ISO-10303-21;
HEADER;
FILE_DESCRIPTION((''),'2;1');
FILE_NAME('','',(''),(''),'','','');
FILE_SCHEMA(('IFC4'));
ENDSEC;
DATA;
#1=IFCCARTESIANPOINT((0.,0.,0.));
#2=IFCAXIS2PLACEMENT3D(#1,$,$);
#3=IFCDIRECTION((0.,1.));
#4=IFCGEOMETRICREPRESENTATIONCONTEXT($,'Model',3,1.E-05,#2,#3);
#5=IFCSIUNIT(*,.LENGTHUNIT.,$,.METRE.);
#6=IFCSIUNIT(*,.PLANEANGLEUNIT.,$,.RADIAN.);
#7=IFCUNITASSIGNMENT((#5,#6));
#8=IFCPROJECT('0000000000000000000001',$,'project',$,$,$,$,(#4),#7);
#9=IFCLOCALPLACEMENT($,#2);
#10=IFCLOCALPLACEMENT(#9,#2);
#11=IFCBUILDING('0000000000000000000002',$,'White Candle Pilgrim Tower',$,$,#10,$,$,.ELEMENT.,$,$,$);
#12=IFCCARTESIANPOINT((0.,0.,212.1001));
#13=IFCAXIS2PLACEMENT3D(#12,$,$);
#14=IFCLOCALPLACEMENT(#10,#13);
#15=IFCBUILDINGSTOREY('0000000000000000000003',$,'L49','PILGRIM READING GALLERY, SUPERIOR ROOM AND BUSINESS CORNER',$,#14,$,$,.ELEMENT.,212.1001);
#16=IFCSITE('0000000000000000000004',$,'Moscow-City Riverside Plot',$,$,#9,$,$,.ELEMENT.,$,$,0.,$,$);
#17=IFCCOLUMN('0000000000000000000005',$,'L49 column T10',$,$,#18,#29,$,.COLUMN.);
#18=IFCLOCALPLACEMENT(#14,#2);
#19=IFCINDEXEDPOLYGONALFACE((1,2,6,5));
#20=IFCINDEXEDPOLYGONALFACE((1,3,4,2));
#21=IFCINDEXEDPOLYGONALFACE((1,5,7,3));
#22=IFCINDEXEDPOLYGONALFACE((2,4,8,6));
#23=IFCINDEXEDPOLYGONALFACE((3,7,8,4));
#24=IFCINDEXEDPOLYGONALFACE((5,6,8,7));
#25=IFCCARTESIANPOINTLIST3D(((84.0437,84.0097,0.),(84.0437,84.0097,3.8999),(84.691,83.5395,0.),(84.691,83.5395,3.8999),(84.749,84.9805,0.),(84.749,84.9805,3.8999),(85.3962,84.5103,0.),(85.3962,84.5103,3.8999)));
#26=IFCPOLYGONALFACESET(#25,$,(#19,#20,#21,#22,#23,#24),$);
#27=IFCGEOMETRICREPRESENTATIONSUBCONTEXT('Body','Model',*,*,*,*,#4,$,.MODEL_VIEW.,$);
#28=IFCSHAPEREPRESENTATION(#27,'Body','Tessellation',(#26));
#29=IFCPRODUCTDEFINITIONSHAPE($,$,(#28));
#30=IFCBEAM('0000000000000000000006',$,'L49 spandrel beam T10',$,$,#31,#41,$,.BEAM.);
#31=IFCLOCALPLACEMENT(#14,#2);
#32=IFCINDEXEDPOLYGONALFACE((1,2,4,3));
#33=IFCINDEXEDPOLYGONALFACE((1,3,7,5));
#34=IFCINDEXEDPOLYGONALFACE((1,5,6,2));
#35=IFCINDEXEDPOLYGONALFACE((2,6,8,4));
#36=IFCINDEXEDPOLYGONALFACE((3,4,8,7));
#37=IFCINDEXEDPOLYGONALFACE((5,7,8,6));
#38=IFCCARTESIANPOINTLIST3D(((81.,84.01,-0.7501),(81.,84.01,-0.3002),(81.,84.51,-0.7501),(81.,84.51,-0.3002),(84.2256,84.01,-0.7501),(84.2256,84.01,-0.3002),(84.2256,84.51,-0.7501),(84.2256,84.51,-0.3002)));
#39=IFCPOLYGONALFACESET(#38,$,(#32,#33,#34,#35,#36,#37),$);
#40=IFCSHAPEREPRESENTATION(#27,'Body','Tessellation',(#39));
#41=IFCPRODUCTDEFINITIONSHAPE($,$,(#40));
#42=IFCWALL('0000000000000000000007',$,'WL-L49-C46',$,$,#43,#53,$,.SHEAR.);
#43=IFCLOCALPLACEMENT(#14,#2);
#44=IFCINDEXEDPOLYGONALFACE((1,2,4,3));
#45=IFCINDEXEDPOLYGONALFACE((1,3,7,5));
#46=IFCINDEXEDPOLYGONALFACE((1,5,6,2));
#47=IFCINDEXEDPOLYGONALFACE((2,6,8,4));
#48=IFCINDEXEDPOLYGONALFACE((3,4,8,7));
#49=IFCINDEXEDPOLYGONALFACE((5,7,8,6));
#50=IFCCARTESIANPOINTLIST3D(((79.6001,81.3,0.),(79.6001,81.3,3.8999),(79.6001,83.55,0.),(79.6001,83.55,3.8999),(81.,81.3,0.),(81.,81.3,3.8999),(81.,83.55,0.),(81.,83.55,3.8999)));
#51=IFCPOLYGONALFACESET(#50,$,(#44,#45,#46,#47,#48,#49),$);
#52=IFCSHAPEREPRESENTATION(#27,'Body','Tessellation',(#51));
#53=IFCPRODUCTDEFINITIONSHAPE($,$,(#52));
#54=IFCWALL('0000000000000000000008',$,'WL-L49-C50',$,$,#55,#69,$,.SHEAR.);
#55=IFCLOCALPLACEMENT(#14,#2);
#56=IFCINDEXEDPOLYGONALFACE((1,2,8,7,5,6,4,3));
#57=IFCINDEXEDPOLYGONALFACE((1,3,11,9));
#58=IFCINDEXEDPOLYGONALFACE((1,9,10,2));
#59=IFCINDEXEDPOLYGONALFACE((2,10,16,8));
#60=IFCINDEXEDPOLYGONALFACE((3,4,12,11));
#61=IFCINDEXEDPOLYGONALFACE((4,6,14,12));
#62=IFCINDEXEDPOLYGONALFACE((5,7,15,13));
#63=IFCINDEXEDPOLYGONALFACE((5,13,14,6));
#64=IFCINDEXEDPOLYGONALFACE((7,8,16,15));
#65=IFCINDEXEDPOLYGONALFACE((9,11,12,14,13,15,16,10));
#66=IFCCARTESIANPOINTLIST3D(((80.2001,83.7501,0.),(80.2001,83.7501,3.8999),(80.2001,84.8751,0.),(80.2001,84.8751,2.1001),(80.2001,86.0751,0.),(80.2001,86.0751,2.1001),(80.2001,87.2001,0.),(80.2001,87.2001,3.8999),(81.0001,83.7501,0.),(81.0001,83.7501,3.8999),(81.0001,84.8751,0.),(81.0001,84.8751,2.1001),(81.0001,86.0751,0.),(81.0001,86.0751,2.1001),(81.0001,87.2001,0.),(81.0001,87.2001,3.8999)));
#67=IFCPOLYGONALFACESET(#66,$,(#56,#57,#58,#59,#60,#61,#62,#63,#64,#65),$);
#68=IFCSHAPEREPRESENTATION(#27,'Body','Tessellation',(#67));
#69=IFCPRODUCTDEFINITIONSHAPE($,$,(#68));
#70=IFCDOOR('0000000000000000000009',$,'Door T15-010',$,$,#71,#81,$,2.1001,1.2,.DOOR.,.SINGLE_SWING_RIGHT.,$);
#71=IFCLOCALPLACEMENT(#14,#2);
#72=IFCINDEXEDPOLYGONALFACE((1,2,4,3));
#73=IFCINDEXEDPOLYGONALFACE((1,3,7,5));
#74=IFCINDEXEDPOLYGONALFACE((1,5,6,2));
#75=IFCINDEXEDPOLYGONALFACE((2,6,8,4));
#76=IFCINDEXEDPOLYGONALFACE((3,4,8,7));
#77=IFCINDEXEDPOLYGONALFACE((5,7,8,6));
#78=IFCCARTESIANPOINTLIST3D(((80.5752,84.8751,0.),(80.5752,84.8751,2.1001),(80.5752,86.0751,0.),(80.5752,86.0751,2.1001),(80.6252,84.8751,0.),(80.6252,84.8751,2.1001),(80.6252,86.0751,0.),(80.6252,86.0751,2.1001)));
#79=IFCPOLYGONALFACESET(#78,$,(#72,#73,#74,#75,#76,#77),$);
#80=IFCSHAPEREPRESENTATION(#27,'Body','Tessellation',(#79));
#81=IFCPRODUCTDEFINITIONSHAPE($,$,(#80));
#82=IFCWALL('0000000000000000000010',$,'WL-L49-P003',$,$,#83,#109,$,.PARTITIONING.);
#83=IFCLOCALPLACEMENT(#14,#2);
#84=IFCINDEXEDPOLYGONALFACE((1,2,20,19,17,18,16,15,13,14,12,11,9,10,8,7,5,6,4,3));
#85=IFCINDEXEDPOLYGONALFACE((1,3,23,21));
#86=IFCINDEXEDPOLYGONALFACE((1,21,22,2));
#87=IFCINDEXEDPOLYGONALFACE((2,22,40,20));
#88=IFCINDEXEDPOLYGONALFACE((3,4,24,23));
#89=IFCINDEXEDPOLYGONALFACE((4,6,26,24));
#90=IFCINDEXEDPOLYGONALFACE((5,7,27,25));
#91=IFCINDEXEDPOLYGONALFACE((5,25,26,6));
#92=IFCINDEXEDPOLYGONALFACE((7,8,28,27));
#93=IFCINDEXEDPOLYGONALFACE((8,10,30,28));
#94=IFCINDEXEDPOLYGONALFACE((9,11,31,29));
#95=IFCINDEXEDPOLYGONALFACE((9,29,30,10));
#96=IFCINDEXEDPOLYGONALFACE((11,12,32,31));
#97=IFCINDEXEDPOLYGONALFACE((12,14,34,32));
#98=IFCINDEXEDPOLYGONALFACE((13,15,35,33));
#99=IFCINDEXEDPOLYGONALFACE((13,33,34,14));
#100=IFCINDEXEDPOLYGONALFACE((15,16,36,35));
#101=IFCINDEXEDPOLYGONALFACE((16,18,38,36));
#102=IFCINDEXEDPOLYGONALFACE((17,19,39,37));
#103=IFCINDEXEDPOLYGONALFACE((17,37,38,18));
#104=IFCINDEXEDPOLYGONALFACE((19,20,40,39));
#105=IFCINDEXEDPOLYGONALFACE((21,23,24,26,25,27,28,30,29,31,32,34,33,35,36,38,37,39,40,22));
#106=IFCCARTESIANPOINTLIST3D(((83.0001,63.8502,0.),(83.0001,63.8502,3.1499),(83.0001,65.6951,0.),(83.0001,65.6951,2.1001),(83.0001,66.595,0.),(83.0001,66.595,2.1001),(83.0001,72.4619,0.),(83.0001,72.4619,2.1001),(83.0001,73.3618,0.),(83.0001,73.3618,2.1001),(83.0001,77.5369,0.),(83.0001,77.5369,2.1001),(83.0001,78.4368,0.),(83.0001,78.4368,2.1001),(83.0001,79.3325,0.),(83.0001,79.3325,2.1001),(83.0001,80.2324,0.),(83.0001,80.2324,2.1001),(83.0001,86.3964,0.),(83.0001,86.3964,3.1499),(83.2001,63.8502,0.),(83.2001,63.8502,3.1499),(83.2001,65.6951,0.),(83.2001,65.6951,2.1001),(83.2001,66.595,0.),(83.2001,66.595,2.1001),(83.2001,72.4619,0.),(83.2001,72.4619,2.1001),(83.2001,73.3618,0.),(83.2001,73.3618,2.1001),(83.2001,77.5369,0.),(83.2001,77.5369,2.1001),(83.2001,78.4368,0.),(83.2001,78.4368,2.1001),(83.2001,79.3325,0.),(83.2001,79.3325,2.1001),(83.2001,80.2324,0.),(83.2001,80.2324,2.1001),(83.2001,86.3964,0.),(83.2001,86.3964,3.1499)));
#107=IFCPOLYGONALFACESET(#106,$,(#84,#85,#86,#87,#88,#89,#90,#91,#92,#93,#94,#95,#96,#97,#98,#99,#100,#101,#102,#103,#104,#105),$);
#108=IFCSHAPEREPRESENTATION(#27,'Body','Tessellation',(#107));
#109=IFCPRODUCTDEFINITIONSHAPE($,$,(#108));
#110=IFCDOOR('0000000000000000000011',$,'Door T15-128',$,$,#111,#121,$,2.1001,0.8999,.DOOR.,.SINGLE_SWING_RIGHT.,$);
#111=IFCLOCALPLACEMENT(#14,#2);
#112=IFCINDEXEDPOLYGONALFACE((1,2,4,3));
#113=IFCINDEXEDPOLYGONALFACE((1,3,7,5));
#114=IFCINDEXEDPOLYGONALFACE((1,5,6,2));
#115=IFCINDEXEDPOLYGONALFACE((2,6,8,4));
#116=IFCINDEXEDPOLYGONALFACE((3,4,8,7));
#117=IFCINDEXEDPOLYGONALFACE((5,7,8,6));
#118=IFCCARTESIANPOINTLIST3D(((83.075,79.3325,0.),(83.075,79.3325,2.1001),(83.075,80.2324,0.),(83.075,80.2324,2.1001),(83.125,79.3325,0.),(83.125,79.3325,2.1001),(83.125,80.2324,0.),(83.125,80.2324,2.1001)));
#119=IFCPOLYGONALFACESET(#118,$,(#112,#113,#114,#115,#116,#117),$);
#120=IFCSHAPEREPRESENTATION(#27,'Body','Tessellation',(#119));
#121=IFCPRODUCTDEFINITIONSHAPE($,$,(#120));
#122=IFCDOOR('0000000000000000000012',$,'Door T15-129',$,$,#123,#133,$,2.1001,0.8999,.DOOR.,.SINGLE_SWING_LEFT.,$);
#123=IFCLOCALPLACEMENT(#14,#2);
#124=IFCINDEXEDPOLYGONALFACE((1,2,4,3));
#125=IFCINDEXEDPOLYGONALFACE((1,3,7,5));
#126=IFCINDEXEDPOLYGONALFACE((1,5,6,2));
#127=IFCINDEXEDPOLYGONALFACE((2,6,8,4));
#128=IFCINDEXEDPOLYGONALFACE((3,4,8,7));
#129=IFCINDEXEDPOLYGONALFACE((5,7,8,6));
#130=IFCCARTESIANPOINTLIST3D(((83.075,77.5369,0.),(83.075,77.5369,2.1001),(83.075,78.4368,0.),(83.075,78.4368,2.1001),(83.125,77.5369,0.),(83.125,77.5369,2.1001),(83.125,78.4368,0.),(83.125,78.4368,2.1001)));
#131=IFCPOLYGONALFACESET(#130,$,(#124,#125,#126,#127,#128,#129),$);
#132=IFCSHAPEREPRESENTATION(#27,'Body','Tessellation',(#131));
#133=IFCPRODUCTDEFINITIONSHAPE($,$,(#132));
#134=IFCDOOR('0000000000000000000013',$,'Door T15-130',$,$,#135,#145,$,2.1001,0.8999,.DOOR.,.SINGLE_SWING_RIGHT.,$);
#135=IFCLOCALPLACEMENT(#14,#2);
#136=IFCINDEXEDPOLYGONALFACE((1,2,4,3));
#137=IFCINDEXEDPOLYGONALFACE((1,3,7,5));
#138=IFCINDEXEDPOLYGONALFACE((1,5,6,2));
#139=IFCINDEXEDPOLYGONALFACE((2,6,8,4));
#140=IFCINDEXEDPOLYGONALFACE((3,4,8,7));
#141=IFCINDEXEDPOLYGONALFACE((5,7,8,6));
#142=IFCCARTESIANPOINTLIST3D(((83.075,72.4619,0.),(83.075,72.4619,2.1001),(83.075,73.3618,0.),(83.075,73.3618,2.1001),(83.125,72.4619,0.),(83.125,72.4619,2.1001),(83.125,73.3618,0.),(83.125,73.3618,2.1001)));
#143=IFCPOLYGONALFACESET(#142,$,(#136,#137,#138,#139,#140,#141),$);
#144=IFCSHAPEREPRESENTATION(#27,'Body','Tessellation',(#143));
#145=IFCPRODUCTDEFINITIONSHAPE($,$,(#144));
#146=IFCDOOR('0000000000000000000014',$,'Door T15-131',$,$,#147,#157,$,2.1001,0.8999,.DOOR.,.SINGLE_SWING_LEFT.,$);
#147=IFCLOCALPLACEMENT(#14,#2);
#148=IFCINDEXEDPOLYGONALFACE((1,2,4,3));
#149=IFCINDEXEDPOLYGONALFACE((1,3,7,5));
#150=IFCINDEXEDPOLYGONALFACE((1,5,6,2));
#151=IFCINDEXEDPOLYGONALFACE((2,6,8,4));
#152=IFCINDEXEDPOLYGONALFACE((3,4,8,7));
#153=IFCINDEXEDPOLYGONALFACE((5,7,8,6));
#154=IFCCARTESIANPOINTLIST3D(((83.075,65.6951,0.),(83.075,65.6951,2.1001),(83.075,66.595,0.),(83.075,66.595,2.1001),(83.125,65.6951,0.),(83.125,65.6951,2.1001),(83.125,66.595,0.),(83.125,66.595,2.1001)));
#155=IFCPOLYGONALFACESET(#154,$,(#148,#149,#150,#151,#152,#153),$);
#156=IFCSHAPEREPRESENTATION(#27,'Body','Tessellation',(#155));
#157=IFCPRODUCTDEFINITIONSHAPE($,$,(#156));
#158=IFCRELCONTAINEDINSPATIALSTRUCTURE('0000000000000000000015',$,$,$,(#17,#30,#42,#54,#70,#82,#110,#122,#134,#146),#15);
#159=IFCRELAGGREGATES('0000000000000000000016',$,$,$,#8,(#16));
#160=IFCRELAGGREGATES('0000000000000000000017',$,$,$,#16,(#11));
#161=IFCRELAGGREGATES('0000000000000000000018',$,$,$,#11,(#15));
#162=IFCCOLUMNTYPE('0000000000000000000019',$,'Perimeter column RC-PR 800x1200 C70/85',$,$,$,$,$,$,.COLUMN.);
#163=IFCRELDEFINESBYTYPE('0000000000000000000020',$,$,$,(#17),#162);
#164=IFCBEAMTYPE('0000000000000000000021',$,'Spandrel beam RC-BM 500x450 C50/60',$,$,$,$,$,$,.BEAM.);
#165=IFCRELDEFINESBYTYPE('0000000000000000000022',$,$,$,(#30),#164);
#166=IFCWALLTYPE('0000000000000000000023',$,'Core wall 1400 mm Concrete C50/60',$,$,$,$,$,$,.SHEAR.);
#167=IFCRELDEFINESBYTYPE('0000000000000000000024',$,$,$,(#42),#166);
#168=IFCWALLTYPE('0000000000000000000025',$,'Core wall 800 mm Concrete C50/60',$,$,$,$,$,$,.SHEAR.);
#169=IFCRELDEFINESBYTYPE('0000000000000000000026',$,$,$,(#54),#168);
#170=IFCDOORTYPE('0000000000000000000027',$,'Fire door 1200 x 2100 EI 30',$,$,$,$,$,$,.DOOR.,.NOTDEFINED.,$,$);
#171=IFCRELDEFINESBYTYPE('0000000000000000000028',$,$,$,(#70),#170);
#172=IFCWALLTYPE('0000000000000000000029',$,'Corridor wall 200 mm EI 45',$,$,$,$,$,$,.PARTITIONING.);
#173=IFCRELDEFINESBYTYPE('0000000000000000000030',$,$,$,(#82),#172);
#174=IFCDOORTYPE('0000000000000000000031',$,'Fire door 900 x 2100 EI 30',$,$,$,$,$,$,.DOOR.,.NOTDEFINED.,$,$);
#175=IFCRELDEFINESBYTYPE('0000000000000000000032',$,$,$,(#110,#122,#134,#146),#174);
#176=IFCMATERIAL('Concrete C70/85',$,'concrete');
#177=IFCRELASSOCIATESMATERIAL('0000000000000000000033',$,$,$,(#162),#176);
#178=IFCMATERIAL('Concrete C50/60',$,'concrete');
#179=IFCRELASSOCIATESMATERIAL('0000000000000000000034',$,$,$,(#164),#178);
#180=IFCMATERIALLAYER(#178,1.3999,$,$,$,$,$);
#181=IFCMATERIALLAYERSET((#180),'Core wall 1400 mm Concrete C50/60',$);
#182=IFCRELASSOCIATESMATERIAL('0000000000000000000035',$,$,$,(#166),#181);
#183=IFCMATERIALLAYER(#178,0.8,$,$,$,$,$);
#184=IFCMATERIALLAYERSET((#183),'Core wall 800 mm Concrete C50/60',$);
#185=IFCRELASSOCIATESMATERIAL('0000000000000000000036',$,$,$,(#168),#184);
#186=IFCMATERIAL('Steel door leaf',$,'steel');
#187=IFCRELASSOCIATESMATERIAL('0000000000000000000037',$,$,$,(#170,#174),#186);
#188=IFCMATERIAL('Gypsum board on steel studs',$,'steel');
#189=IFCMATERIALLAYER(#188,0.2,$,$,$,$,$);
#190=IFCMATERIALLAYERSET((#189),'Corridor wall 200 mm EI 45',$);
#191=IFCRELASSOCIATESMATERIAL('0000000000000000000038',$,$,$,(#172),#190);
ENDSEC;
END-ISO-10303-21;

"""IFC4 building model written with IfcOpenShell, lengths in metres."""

from ifc_helpers import new_model, si_unit, direction, frame, frame_2d, origin, origin_2d, place, context, subcontext, project, spatial, rectangle, extrude, material, layer, layer_set, material_profile, profile_set, type_object, element, fill, save


model = new_model("IFC4")

# Units and contexts
model_context = context("Model", 3, precision=1e-05, world=origin(), true_north=direction((0.0, 1.0)))
body_context = subcontext(model_context, "Body", "Model", "MODEL_VIEW")
ifc_project = project(units=[si_unit("LENGTHUNIT", "METRE"), si_unit("PLANEANGLEUNIT", "RADIAN")], contexts=[model_context])

# Site, building, storey
site_placement = place(None, origin())
site = spatial("IfcSite", under=ifc_project, at=site_placement, Name="Moscow-City Riverside Plot", CompositionType="ELEMENT", RefElevation=0.0)
building_placement = place(site_placement, origin())
building = spatial("IfcBuilding", under=site, at=building_placement, Name="White Candle Pilgrim Tower", CompositionType="ELEMENT")
storey_placement = place(building_placement, frame((0.0, 0.0, 212.1001)))
storey = spatial("IfcBuildingStorey", under=building, at=storey_placement, Name="L49", Description="PILGRIM READING GALLERY, SUPERIOR ROOM AND BUSINESS CORNER", CompositionType="ELEMENT", Elevation=212.1001)

# Column
ifc_material_1 = material(Name="Concrete C70/85", Category="concrete")
ifc_material_profile_1 = material_profile(ifc_material_1, rectangle(XDim=0.8, YDim=1.2, at=origin_2d()), Name="RC-PR 800x1200")
ifc_profile_set_1 = profile_set([ifc_material_profile_1], Name="Concrete C70/85")
column_type = type_object("IfcColumnType", Name="Perimeter column RC-PR 800x1200 C70/85", PredefinedType="COLUMN", material=ifc_profile_set_1)
column_placement = place(storey_placement, frame((84.72, 84.26, 0.0), z_axis=(0.0, 0.0, 1.0), x_axis=(0.809027, -0.587771, 0.0)))
element("IfcColumn", 1, at=column_placement, inside=storey, type_object=column_type, Name="L49 column T10", PredefinedType="COLUMN", context=body_context, shape_type="SweptSolid", body=[
    extrude(rectangle(XDim=0.8, YDim=1.2, at=origin_2d()), origin(), (0.0, 0.0, 1.0), 3.8999),
])

# Beam
ifc_material_2 = material(Name="Concrete C50/60", Category="concrete")
ifc_material_profile_2 = material_profile(ifc_material_2, rectangle(XDim=0.5, YDim=0.45, at=origin_2d()), Name="RC-BM 500x450")
ifc_profile_set_2 = profile_set([ifc_material_profile_2], Name="Concrete C50/60")
beam_type = type_object("IfcBeamType", Name="Spandrel beam RC-BM 500x450 C50/60", PredefinedType="BEAM", material=ifc_profile_set_2)
beam_placement = place(storey_placement, frame((84.2256, 84.26, -0.5251), z_axis=(-1.0, 0.0, 0.0), x_axis=(0.0, -1.0, 0.0)))
element("IfcBeam", 2, at=beam_placement, inside=storey, type_object=beam_type, Name="L49 spandrel beam T10", PredefinedType="BEAM", context=body_context, shape_type="SweptSolid", body=[
    extrude(rectangle(XDim=0.5, YDim=0.45, at=origin_2d()), origin(), (0.0, 0.0, 1.0), 3.2256),
])

# Wall
ifc_layer_1 = layer(ifc_material_2, 1.3999)
ifc_layer_set_1 = layer_set([ifc_layer_1], Name="Core wall 1400 mm Concrete C50/60")
wall_type_1 = type_object("IfcWallType", Name="Core wall 1400 mm Concrete C50/60", PredefinedType="SHEAR", material=ifc_layer_set_1)
wall_1_placement = place(storey_placement, frame((80.3, 81.3, 0.0), z_axis=(0.0, 0.0, 1.0), x_axis=(0.0, 1.0, 0.0)))
element("IfcWall", 3, at=wall_1_placement, inside=storey, type_object=wall_type_1, Name="WL-L49-C46", PredefinedType="SHEAR", context=body_context, shape_type="SweptSolid", body=[
    extrude(rectangle(XDim=2.25, YDim=1.3999, at=frame_2d((1.125, 0.0))), origin(), (0.0, 0.0, 1.0), 3.8999),
])

# Wall, opening, door
ifc_layer_2 = layer(ifc_material_2, 0.8)
ifc_layer_set_2 = layer_set([ifc_layer_2], Name="Core wall 800 mm Concrete C50/60")
wall_type_2 = type_object("IfcWallType", Name="Core wall 800 mm Concrete C50/60", PredefinedType="SHEAR", material=ifc_layer_set_2)
wall_2_placement = place(storey_placement, frame((80.6001, 83.75, 0.0), z_axis=(0.0, 0.0, 1.0), x_axis=(0.0, 1.0, 0.0)))
wall_2 = element("IfcWall", 4, at=wall_2_placement, inside=storey, type_object=wall_type_2, Name="WL-L49-C50", PredefinedType="SHEAR", context=body_context, shape_type="SweptSolid", body=[
    extrude(rectangle(XDim=3.45, YDim=0.8, at=frame_2d((1.7251, 0.0))), origin(), (0.0, 0.0, 1.0), 3.8999),
])
opening_1_placement = place(wall_2_placement, frame((1.125, 0.0, 0.0)))
opening_1 = element("IfcOpeningElement", 5, at=opening_1_placement, cuts=wall_2, PredefinedType="OPENING", context=body_context, shape_type="SweptSolid", body=[
    extrude(rectangle(XDim=1.2, YDim=2.1001, at=frame_2d((0.6001, 1.05))), frame((0.0, 0.4099, 0.0), z_axis=(0.0, -1.0, 0.0), x_axis=(1.0, 0.0, 0.0)), (0.0, 0.0, 1.0), 0.8201),
])
ifc_material_3 = material(Name="Steel door leaf", Category="steel")
door_type_1 = type_object("IfcDoorType", Name="Fire door 1200 x 2100 EI 30", OperationType="NOTDEFINED", PredefinedType="DOOR", material=ifc_material_3)
door_1_placement = place(opening_1_placement, origin())
door_1 = element("IfcDoor", 6, at=door_1_placement, inside=storey, type_object=door_type_1, Name="Door T15-010", OperationType="SINGLE_SWING_RIGHT", OverallHeight=2.1001, OverallWidth=1.2, PredefinedType="DOOR", context=body_context, shape_type="SweptSolid", body=[
    extrude(rectangle(XDim=1.2, YDim=2.1001, at=frame_2d((0.6001, 1.05))), frame((0.0, 0.0249, 0.0), z_axis=(0.0, -1.0, 0.0), x_axis=(1.0, 0.0, 0.0)), (0.0, 0.0, 1.0), 0.05),
])
fill(opening_1, door_1)

# Wall, openings, doors
ifc_material_4 = material(Name="Gypsum board on steel studs", Category="steel")
ifc_layer_3 = layer(ifc_material_4, 0.2)
ifc_layer_set_3 = layer_set([ifc_layer_3], Name="Corridor wall 200 mm EI 45")
wall_type_3 = type_object("IfcWallType", Name="Corridor wall 200 mm EI 45", PredefinedType="PARTITIONING", material=ifc_layer_set_3)
wall_3_placement = place(storey_placement, frame((83.1001, 86.3962, 0.0), z_axis=(0.0, 0.0, 1.0), x_axis=(0.0, -1.0, 0.0)))
wall_3 = element("IfcWall", 7, at=wall_3_placement, inside=storey, type_object=wall_type_3, Name="WL-L49-P003", PredefinedType="PARTITIONING", context=body_context, shape_type="SweptSolid", body=[
    extrude(rectangle(XDim=22.5461, YDim=0.2, at=frame_2d((11.2729, 0.0))), origin(), (0.0, 0.0, 1.0), 3.1499),
])
opening_2_placement = place(wall_3_placement, frame((6.1638, 0.0, 0.0)))
opening_2 = element("IfcOpeningElement", 8, at=opening_2_placement, cuts=wall_3, PredefinedType="OPENING", context=body_context, shape_type="SweptSolid", body=[
    extrude(rectangle(XDim=0.8999, YDim=2.1001, at=frame_2d((0.45, 1.05))), frame((0.0, 0.1099, 0.0), z_axis=(0.0, -1.0, 0.0), x_axis=(1.0, 0.0, 0.0)), (0.0, 0.0, 1.0), 0.22),
])
opening_3_placement = place(wall_3_placement, frame((7.9595, 0.0, 0.0)))
opening_3 = element("IfcOpeningElement", 9, at=opening_3_placement, cuts=wall_3, PredefinedType="OPENING", context=body_context, shape_type="SweptSolid", body=[
    extrude(rectangle(XDim=0.8999, YDim=2.1001, at=frame_2d((0.45, 1.05))), frame((0.0, 0.1099, 0.0), z_axis=(0.0, -1.0, 0.0), x_axis=(1.0, 0.0, 0.0)), (0.0, 0.0, 1.0), 0.22),
])
opening_4_placement = place(wall_3_placement, frame((13.0344, 0.0, 0.0)))
opening_4 = element("IfcOpeningElement", 10, at=opening_4_placement, cuts=wall_3, PredefinedType="OPENING", context=body_context, shape_type="SweptSolid", body=[
    extrude(rectangle(XDim=0.8999, YDim=2.1001, at=frame_2d((0.45, 1.05))), frame((0.0, 0.1099, 0.0), z_axis=(0.0, -1.0, 0.0), x_axis=(1.0, 0.0, 0.0)), (0.0, 0.0, 1.0), 0.22),
])
opening_5_placement = place(wall_3_placement, frame((19.8013, 0.0, 0.0)))
opening_5 = element("IfcOpeningElement", 11, at=opening_5_placement, cuts=wall_3, PredefinedType="OPENING", context=body_context, shape_type="SweptSolid", body=[
    extrude(rectangle(XDim=0.8999, YDim=2.1001, at=frame_2d((0.45, 1.05))), frame((0.0, 0.1099, 0.0), z_axis=(0.0, -1.0, 0.0), x_axis=(1.0, 0.0, 0.0)), (0.0, 0.0, 1.0), 0.22),
])
door_type_2 = type_object("IfcDoorType", Name="Fire door 900 x 2100 EI 30", OperationType="NOTDEFINED", PredefinedType="DOOR", material=ifc_material_3)
door_2_placement = place(opening_2_placement, origin())
door_2 = element("IfcDoor", 12, at=door_2_placement, inside=storey, type_object=door_type_2, Name="Door T15-128", OperationType="SINGLE_SWING_RIGHT", OverallHeight=2.1001, OverallWidth=0.8999, PredefinedType="DOOR", context=body_context, shape_type="SweptSolid", body=[
    extrude(rectangle(XDim=0.8999, YDim=2.1001, at=frame_2d((0.45, 1.05))), frame((0.0, 0.0249, 0.0), z_axis=(0.0, -1.0, 0.0), x_axis=(1.0, 0.0, 0.0)), (0.0, 0.0, 1.0), 0.05),
])
fill(opening_2, door_2)
door_3_placement = place(opening_3_placement, origin())
door_3 = element("IfcDoor", 13, at=door_3_placement, inside=storey, type_object=door_type_2, Name="Door T15-129", OperationType="SINGLE_SWING_LEFT", OverallHeight=2.1001, OverallWidth=0.8999, PredefinedType="DOOR", context=body_context, shape_type="SweptSolid", body=[
    extrude(rectangle(XDim=0.8999, YDim=2.1001, at=frame_2d((0.45, 1.05))), frame((0.0, 0.0249, 0.0), z_axis=(0.0, -1.0, 0.0), x_axis=(1.0, 0.0, 0.0)), (0.0, 0.0, 1.0), 0.05),
])
fill(opening_3, door_3)
door_4_placement = place(opening_4_placement, origin())
door_4 = element("IfcDoor", 14, at=door_4_placement, inside=storey, type_object=door_type_2, Name="Door T15-130", OperationType="SINGLE_SWING_RIGHT", OverallHeight=2.1001, OverallWidth=0.8999, PredefinedType="DOOR", context=body_context, shape_type="SweptSolid", body=[
    extrude(rectangle(XDim=0.8999, YDim=2.1001, at=frame_2d((0.45, 1.05))), frame((0.0, 0.0249, 0.0), z_axis=(0.0, -1.0, 0.0), x_axis=(1.0, 0.0, 0.0)), (0.0, 0.0, 1.0), 0.05),
])
fill(opening_4, door_4)
door_5_placement = place(opening_5_placement, origin())
door_5 = element("IfcDoor", 15, at=door_5_placement, inside=storey, type_object=door_type_2, Name="Door T15-131", OperationType="SINGLE_SWING_LEFT", OverallHeight=2.1001, OverallWidth=0.8999, PredefinedType="DOOR", context=body_context, shape_type="SweptSolid", body=[
    extrude(rectangle(XDim=0.8999, YDim=2.1001, at=frame_2d((0.45, 1.05))), frame((0.0, 0.0249, 0.0), z_axis=(0.0, -1.0, 0.0), x_axis=(1.0, 0.0, 0.0)), (0.0, 0.0, 1.0), 0.05),
])
fill(opening_5, door_5)

save(model, "model.ifc")
